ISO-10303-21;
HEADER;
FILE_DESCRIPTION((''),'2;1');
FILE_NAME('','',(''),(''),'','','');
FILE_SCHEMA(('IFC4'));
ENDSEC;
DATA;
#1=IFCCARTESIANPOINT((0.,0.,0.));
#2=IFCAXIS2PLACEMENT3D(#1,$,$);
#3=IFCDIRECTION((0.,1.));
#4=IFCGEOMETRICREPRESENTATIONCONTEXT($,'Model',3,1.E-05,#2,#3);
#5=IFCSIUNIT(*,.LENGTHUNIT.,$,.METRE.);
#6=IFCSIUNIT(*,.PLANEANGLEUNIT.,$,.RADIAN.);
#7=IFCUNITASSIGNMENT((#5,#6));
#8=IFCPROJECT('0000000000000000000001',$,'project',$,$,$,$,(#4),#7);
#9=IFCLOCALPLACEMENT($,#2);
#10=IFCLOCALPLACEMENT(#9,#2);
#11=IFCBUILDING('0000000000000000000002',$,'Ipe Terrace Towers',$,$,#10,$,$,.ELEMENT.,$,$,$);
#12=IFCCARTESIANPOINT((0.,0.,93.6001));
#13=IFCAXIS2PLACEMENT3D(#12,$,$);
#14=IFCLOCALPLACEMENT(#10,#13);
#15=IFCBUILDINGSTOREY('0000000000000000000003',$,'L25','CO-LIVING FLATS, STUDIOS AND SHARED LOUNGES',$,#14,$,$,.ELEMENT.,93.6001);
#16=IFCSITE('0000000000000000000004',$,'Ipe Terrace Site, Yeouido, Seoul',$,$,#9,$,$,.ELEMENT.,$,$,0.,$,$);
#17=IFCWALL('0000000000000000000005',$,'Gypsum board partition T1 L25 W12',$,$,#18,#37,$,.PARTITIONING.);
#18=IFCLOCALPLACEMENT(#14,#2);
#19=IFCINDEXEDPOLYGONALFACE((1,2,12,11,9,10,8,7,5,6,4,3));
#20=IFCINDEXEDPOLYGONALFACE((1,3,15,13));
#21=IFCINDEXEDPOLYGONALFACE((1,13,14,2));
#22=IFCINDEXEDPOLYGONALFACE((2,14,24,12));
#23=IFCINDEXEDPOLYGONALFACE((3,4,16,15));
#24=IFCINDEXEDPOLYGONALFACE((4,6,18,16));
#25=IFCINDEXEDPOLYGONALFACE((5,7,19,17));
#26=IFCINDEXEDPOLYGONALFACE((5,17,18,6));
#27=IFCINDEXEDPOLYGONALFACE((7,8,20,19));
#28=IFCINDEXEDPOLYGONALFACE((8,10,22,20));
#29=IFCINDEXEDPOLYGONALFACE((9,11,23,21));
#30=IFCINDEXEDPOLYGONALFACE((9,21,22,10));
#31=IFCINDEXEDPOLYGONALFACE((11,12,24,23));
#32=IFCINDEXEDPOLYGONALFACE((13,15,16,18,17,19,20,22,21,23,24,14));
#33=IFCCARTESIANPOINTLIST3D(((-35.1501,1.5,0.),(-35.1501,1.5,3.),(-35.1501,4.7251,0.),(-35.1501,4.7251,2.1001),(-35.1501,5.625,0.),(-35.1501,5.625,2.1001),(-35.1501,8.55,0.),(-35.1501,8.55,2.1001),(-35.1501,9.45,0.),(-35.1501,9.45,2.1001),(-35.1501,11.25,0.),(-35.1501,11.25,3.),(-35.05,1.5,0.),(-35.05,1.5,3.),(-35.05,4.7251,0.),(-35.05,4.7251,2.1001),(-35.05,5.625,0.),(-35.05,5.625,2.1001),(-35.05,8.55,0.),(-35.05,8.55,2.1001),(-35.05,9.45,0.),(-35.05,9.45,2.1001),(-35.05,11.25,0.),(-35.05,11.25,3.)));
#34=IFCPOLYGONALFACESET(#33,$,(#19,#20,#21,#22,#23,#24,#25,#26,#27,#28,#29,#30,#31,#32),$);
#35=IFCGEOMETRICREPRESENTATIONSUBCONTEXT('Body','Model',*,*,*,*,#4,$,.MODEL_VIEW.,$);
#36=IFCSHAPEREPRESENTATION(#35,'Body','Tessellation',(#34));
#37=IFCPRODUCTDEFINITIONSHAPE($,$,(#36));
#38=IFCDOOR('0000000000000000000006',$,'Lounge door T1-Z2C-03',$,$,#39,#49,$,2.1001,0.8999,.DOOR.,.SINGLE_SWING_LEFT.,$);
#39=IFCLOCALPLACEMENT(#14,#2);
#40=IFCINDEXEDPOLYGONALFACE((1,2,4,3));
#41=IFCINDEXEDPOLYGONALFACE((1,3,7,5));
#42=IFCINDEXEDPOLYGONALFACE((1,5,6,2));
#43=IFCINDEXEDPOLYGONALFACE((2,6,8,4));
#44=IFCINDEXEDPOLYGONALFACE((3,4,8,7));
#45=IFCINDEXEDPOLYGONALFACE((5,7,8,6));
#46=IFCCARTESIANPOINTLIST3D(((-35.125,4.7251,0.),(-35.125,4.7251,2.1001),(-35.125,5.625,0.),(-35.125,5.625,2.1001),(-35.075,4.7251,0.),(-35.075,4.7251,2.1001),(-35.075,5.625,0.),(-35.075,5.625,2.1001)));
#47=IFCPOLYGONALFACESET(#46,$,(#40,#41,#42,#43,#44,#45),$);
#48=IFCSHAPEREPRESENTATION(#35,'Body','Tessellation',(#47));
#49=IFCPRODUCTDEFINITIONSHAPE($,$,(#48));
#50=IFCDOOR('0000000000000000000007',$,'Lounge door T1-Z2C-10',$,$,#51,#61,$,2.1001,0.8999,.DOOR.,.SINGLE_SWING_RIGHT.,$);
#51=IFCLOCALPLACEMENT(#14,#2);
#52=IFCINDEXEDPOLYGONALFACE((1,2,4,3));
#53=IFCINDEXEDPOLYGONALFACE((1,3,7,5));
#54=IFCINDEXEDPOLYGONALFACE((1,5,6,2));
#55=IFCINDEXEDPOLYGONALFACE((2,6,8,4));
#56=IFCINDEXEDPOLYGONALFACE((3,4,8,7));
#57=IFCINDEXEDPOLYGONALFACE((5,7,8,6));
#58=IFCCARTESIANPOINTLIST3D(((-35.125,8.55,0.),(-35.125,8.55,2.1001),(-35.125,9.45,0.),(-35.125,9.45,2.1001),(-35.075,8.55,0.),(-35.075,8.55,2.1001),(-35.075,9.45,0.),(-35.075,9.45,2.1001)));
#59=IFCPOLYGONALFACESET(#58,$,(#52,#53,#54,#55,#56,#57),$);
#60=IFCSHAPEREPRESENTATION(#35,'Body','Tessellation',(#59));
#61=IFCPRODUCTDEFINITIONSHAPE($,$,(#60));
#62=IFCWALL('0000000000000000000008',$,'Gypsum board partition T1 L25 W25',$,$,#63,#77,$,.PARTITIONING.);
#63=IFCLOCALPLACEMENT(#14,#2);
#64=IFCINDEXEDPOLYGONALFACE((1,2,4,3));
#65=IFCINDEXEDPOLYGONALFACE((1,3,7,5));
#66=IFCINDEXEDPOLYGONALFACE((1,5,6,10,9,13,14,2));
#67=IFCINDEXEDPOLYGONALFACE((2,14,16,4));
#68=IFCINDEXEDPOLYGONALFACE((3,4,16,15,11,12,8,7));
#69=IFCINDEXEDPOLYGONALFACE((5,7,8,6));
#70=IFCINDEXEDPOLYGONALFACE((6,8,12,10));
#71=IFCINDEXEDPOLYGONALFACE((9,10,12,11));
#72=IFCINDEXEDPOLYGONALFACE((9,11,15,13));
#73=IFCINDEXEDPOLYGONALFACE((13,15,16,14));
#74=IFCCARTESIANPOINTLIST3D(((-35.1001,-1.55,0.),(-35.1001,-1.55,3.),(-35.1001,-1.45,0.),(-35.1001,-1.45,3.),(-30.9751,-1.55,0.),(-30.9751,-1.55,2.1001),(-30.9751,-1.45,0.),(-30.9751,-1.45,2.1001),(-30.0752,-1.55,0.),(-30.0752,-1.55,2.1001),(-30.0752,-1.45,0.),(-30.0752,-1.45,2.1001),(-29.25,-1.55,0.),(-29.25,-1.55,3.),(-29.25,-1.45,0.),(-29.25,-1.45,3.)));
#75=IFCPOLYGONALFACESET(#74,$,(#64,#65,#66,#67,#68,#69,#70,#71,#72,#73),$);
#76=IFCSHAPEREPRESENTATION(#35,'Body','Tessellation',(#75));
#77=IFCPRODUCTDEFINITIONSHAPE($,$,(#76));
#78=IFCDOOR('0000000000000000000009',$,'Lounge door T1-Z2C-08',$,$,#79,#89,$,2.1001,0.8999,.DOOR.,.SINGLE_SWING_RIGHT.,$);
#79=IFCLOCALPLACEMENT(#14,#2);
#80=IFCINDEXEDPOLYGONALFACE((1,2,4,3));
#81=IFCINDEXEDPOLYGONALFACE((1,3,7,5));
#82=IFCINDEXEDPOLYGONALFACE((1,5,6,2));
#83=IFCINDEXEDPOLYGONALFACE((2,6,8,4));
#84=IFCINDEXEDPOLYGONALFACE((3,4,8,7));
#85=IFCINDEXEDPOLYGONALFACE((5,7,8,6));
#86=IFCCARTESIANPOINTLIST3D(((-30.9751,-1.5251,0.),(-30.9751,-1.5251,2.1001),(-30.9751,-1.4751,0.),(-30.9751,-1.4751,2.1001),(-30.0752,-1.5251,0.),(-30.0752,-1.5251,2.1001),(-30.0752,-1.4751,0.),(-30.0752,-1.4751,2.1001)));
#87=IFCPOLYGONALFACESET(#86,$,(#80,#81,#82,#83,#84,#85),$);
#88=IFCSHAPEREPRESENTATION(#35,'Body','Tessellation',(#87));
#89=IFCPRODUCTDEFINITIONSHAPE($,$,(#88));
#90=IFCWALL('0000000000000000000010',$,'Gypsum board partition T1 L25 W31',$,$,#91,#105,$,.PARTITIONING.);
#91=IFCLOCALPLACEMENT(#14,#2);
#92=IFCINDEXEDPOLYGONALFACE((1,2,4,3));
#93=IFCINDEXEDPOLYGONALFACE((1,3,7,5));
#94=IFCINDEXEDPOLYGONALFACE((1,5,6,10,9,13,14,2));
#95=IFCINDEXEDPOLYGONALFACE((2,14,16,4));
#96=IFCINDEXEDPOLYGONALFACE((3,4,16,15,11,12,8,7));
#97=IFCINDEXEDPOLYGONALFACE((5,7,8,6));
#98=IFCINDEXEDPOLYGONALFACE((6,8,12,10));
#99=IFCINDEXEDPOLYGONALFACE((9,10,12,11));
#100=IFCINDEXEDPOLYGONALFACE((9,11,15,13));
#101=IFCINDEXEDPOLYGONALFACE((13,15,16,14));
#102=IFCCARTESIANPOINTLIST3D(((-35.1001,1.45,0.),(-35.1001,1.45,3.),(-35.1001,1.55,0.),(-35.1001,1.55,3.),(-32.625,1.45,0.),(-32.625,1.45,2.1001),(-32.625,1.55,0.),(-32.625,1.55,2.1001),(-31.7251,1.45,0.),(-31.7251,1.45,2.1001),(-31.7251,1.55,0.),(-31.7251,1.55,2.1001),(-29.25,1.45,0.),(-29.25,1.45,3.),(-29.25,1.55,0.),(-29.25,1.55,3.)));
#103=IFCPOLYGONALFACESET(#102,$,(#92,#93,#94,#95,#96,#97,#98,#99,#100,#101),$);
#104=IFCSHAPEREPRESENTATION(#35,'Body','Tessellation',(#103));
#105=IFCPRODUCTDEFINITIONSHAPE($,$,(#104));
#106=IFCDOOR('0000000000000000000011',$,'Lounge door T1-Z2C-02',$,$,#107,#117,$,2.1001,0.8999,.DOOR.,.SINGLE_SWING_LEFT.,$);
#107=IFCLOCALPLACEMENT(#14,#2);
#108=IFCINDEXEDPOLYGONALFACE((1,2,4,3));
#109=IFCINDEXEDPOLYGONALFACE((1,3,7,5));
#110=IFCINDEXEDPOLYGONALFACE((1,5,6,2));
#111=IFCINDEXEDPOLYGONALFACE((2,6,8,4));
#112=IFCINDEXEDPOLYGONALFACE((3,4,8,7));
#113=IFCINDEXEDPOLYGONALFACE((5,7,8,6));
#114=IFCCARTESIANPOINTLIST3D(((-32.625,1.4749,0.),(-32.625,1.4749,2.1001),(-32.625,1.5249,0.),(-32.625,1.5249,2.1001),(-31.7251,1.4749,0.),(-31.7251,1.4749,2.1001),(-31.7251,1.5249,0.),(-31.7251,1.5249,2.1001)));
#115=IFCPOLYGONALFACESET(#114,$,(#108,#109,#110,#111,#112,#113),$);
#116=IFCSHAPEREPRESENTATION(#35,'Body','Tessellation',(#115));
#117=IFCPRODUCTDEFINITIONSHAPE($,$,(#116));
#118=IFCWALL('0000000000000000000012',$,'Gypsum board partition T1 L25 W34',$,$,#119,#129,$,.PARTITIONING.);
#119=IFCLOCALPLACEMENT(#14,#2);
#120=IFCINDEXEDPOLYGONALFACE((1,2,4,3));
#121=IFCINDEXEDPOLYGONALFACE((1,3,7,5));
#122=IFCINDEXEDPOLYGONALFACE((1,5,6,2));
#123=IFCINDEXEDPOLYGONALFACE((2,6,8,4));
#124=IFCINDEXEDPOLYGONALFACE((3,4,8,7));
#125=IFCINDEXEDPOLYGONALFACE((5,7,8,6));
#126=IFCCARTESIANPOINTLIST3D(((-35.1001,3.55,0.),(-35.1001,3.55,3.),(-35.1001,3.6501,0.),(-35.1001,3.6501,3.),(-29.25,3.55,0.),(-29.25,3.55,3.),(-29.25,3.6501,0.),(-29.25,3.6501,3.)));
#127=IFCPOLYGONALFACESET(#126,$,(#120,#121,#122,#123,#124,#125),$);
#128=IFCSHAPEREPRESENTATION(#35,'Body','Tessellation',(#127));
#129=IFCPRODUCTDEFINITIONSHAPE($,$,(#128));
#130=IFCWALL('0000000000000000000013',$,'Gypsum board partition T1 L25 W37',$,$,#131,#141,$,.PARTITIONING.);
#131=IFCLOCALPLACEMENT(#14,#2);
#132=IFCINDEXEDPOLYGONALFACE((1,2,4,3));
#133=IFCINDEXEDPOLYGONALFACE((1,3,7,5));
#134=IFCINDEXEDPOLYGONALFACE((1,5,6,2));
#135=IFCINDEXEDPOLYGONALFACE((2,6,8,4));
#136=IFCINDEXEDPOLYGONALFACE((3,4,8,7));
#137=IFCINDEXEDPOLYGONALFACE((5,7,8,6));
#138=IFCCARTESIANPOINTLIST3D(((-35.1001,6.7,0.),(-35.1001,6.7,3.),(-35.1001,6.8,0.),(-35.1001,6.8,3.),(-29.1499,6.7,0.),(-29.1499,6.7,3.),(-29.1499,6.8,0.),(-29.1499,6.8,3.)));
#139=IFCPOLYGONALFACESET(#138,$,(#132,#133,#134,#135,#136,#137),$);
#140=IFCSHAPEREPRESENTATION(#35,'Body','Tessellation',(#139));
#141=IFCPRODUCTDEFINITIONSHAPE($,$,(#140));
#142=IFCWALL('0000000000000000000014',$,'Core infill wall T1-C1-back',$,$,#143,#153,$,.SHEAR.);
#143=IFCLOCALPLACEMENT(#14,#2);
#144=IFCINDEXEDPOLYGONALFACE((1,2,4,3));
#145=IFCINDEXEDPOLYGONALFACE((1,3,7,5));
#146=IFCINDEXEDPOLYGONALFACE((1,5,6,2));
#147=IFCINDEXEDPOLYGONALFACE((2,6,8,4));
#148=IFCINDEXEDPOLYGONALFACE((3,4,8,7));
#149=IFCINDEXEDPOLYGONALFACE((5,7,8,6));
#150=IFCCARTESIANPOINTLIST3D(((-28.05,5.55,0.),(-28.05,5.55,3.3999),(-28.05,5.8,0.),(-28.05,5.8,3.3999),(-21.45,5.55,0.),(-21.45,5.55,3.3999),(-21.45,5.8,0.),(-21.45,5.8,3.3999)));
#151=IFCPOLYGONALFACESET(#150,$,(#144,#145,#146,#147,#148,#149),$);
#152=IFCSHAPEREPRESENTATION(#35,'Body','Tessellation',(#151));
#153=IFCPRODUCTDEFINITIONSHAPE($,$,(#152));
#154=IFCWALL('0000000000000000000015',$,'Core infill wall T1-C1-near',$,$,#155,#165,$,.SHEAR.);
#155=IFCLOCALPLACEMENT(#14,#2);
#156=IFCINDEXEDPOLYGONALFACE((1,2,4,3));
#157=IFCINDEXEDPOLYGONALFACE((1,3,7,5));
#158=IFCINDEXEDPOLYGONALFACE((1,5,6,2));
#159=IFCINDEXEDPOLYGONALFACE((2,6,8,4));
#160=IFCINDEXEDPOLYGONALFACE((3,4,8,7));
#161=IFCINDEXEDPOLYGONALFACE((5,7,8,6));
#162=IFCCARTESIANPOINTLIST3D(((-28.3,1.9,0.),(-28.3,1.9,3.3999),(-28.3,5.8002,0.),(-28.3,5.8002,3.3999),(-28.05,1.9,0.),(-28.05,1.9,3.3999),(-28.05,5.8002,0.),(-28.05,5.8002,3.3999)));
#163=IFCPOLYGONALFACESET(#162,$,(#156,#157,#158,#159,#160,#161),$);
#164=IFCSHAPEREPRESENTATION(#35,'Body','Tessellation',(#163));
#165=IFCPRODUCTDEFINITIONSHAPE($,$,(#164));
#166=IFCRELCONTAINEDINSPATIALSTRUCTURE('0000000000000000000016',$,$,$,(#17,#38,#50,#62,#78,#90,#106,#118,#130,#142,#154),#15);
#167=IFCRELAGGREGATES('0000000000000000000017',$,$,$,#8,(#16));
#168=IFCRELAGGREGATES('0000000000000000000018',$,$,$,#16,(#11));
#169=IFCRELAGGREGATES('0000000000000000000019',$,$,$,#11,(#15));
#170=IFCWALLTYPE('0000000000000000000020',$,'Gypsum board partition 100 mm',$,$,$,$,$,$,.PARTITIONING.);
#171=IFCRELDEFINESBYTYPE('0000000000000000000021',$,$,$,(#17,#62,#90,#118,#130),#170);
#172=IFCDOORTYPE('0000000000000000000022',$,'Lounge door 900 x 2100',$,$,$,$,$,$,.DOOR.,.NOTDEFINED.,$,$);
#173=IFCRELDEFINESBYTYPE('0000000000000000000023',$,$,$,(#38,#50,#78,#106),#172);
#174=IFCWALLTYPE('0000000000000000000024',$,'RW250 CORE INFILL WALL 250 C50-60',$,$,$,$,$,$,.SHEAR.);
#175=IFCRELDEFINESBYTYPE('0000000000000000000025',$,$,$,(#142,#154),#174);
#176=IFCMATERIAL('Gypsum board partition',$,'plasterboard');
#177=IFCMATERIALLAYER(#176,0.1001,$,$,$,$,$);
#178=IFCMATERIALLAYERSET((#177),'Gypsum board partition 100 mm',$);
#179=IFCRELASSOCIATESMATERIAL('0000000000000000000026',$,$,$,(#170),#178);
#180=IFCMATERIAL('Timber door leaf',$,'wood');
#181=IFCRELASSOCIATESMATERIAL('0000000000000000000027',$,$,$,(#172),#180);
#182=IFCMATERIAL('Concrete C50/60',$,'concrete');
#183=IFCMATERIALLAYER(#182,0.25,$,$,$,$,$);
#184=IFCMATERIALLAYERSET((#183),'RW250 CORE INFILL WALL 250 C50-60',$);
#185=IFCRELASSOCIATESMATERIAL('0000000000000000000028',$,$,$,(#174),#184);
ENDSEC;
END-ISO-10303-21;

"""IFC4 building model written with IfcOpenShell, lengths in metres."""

from ifc_helpers import new_model, si_unit, direction, frame, frame_2d, origin, place, context, subcontext, project, spatial, rectangle, extrude, material, layer, layer_set, type_object, element, fill, save


model = new_model("IFC4")

# Units and contexts
model_context = context("Model", 3, precision=1e-05, world=origin(), true_north=direction((0.0, 1.0)))
body_context = subcontext(model_context, "Body", "Model", "MODEL_VIEW")
ifc_project = project(units=[si_unit("LENGTHUNIT", "METRE"), si_unit("PLANEANGLEUNIT", "RADIAN")], contexts=[model_context])

# Site, building, storey
site_placement = place(None, origin())
site = spatial("IfcSite", under=ifc_project, at=site_placement, Name="Ipe Terrace Site, Yeouido, Seoul", CompositionType="ELEMENT", RefElevation=0.0)
building_placement = place(site_placement, origin())
building = spatial("IfcBuilding", under=site, at=building_placement, Name="Ipe Terrace Towers", CompositionType="ELEMENT")
storey_placement = place(building_placement, frame((0.0, 0.0, 93.6001)))
storey = spatial("IfcBuildingStorey", under=building, at=storey_placement, Name="L25", Description="CO-LIVING FLATS, STUDIOS AND SHARED LOUNGES", CompositionType="ELEMENT", Elevation=93.6001)

# Wall, openings, doors
ifc_material_1 = material(Name="Gypsum board partition", Category="plasterboard")
ifc_layer_1 = layer(ifc_material_1, 0.1001)
ifc_layer_set_1 = layer_set([ifc_layer_1], Name="Gypsum board partition 100 mm")
wall_type_1 = type_object("IfcWallType", Name="Gypsum board partition 100 mm", PredefinedType="PARTITIONING", material=ifc_layer_set_1)
ifc_material_2 = material(Name="Timber door leaf", Category="wood")
door_type_1 = type_object("IfcDoorType", Name="Lounge door 900 x 2100", OperationType="NOTDEFINED", PredefinedType="DOOR", material=ifc_material_2)
wall_1_placement = place(storey_placement, frame((-35.1001, 1.5, 0.0), z_axis=(0.0, 0.0, 1.0), x_axis=(0.0, 1.0, 0.0)))
wall_1 = element("IfcWall", 1, at=wall_1_placement, inside=storey, type_object=wall_type_1, Name="Gypsum board partition T1 L25 W12", PredefinedType="PARTITIONING", context=body_context, shape_type="SweptSolid", body=[
    extrude(rectangle(XDim=9.75, YDim=0.1001, at=frame_2d((4.875, 0.0))), origin(), (0.0, 0.0, 1.0), 3.0),
])
opening_1_placement = place(wall_1_placement, frame((3.2251, 0.0, 0.0)))
opening_1 = element("IfcOpeningElement", 2, at=opening_1_placement, cuts=wall_1, PredefinedType="OPENING", context=body_context, shape_type="SweptSolid", body=[
    extrude(rectangle(XDim=0.8999, YDim=2.1001, at=frame_2d((0.45, 1.05))), frame((0.0, 0.0601, 0.0), z_axis=(0.0, -1.0, 0.0), x_axis=(1.0, 0.0, 0.0)), (0.0, 0.0, 1.0), 0.1201),
])
opening_2_placement = place(wall_1_placement, frame((7.05, 0.0, 0.0)))
opening_2 = element("IfcOpeningElement", 3, at=opening_2_placement, cuts=wall_1, PredefinedType="OPENING", context=body_context, shape_type="SweptSolid", body=[
    extrude(rectangle(XDim=0.8999, YDim=2.1001, at=frame_2d((0.45, 1.05))), frame((0.0, 0.0601, 0.0), z_axis=(0.0, -1.0, 0.0), x_axis=(1.0, 0.0, 0.0)), (0.0, 0.0, 1.0), 0.1201),
])
door_1_placement = place(opening_1_placement, origin())
door_1 = element("IfcDoor", 4, at=door_1_placement, inside=storey, type_object=door_type_1, Name="Lounge door T1-Z2C-03", OperationType="SINGLE_SWING_LEFT", OverallHeight=2.1001, OverallWidth=0.8999, PredefinedType="DOOR", context=body_context, shape_type="SweptSolid", body=[
    extrude(rectangle(XDim=0.8999, YDim=2.1001, at=frame_2d((0.45, 1.05))), frame((0.0, 0.0249, 0.0), z_axis=(0.0, -1.0, 0.0), x_axis=(1.0, 0.0, 0.0)), (0.0, 0.0, 1.0), 0.05),
])
fill(opening_1, door_1)
door_2_placement = place(opening_2_placement, origin())
door_2 = element("IfcDoor", 5, at=door_2_placement, inside=storey, type_object=door_type_1, Name="Lounge door T1-Z2C-10", OperationType="SINGLE_SWING_RIGHT", OverallHeight=2.1001, OverallWidth=0.8999, PredefinedType="DOOR", context=body_context, shape_type="SweptSolid", body=[
    extrude(rectangle(XDim=0.8999, YDim=2.1001, at=frame_2d((0.45, 1.05))), frame((0.0, 0.0249, 0.0), z_axis=(0.0, -1.0, 0.0), x_axis=(1.0, 0.0, 0.0)), (0.0, 0.0, 1.0), 0.05),
])
fill(opening_2, door_2)

# Walls, openings, doors
wall_2_placement = place(storey_placement, frame((-35.1001, -1.5, 0.0), z_axis=(0.0, 0.0, 1.0), x_axis=(1.0, 0.0, 0.0)))
wall_2 = element("IfcWall", 6, at=wall_2_placement, inside=storey, type_object=wall_type_1, Name="Gypsum board partition T1 L25 W25", PredefinedType="PARTITIONING", context=body_context, shape_type="SweptSolid", body=[
    extrude(rectangle(XDim=5.8501, YDim=0.1001, at=frame_2d((2.925, 0.0))), origin(), (0.0, 0.0, 1.0), 3.0),
])
opening_3_placement = place(wall_2_placement, frame((4.125, 0.0, 0.0)))
opening_3 = element("IfcOpeningElement", 7, at=opening_3_placement, cuts=wall_2, PredefinedType="OPENING", context=body_context, shape_type="SweptSolid", body=[
    extrude(rectangle(XDim=0.8999, YDim=2.1001, at=frame_2d((0.45, 1.05))), frame((0.0, 0.0601, 0.0), z_axis=(0.0, -1.0, 0.0), x_axis=(1.0, 0.0, 0.0)), (0.0, 0.0, 1.0), 0.1201),
])
door_3_placement = place(opening_3_placement, origin())
door_3 = element("IfcDoor", 8, at=door_3_placement, inside=storey, type_object=door_type_1, Name="Lounge door T1-Z2C-08", OperationType="SINGLE_SWING_RIGHT", OverallHeight=2.1001, OverallWidth=0.8999, PredefinedType="DOOR", context=body_context, shape_type="SweptSolid", body=[
    extrude(rectangle(XDim=0.8999, YDim=2.1001, at=frame_2d((0.45, 1.05))), frame((0.0, 0.0249, 0.0), z_axis=(0.0, -1.0, 0.0), x_axis=(1.0, 0.0, 0.0)), (0.0, 0.0, 1.0), 0.05),
])
fill(opening_3, door_3)
wall_3_placement = place(storey_placement, frame((-35.1001, 1.5, 0.0), z_axis=(0.0, 0.0, 1.0), x_axis=(1.0, 0.0, 0.0)))
wall_3 = element("IfcWall", 9, at=wall_3_placement, inside=storey, type_object=wall_type_1, Name="Gypsum board partition T1 L25 W31", PredefinedType="PARTITIONING", context=body_context, shape_type="SweptSolid", body=[
    extrude(rectangle(XDim=5.8501, YDim=0.1001, at=frame_2d((2.925, 0.0))), origin(), (0.0, 0.0, 1.0), 3.0),
])
opening_4_placement = place(wall_3_placement, frame((2.4751, 0.0, 0.0)))
opening_4 = element("IfcOpeningElement", 10, at=opening_4_placement, cuts=wall_3, PredefinedType="OPENING", context=body_context, shape_type="SweptSolid", body=[
    extrude(rectangle(XDim=0.8999, YDim=2.1001, at=frame_2d((0.45, 1.05))), frame((0.0, 0.0601, 0.0), z_axis=(0.0, -1.0, 0.0), x_axis=(1.0, 0.0, 0.0)), (0.0, 0.0, 1.0), 0.1201),
])
door_4_placement = place(opening_4_placement, origin())
door_4 = element("IfcDoor", 11, at=door_4_placement, inside=storey, type_object=door_type_1, Name="Lounge door T1-Z2C-02", OperationType="SINGLE_SWING_LEFT", OverallHeight=2.1001, OverallWidth=0.8999, PredefinedType="DOOR", context=body_context, shape_type="SweptSolid", body=[
    extrude(rectangle(XDim=0.8999, YDim=2.1001, at=frame_2d((0.45, 1.05))), frame((0.0, 0.0249, 0.0), z_axis=(0.0, -1.0, 0.0), x_axis=(1.0, 0.0, 0.0)), (0.0, 0.0, 1.0), 0.05),
])
fill(opening_4, door_4)

# Walls
wall_4_placement = place(storey_placement, frame((-35.1001, 3.6001, 0.0), z_axis=(0.0, 0.0, 1.0), x_axis=(1.0, 0.0, 0.0)))
element("IfcWall", 12, at=wall_4_placement, inside=storey, type_object=wall_type_1, Name="Gypsum board partition T1 L25 W34", PredefinedType="PARTITIONING", context=body_context, shape_type="SweptSolid", body=[
    extrude(rectangle(XDim=5.8501, YDim=0.1001, at=frame_2d((2.925, 0.0))), origin(), (0.0, 0.0, 1.0), 3.0),
])
wall_5_placement = place(storey_placement, frame((-35.1001, 6.75, 0.0), z_axis=(0.0, 0.0, 1.0), x_axis=(1.0, 0.0, 0.0)))
element("IfcWall", 13, at=wall_5_placement, inside=storey, type_object=wall_type_1, Name="Gypsum board partition T1 L25 W37", PredefinedType="PARTITIONING", context=body_context, shape_type="SweptSolid", body=[
    extrude(rectangle(XDim=5.9502, YDim=0.1001, at=frame_2d((2.9751, 0.0))), origin(), (0.0, 0.0, 1.0), 3.0),
])
ifc_material_3 = material(Name="Concrete C50/60", Category="concrete")
ifc_layer_2 = layer(ifc_material_3, 0.25)
ifc_layer_set_2 = layer_set([ifc_layer_2], Name="RW250 CORE INFILL WALL 250 C50-60")
wall_type_2 = type_object("IfcWallType", Name="RW250 CORE INFILL WALL 250 C50-60", PredefinedType="SHEAR", material=ifc_layer_set_2)
wall_6_placement = place(storey_placement, frame((-28.05, 5.675, 0.0), z_axis=(0.0, 0.0, 1.0), x_axis=(1.0, 0.0, 0.0)))
element("IfcWall", 14, at=wall_6_placement, inside=storey, type_object=wall_type_2, Name="Core infill wall T1-C1-back", PredefinedType="SHEAR", context=body_context, shape_type="SweptSolid", body=[
    extrude(rectangle(XDim=6.6001, YDim=0.25, at=frame_2d((3.3, 0.0))), origin(), (0.0, 0.0, 1.0), 3.3999),
])
wall_7_placement = place(storey_placement, frame((-28.175, 1.8999, 0.0), z_axis=(0.0, 0.0, 1.0), x_axis=(0.0, 1.0, 0.0)))
element("IfcWall", 15, at=wall_7_placement, inside=storey, type_object=wall_type_2, Name="Core infill wall T1-C1-near", PredefinedType="SHEAR", context=body_context, shape_type="SweptSolid", body=[
    extrude(rectangle(XDim=3.9001, YDim=0.25, at=frame_2d((1.9502, 0.0))), origin(), (0.0, 0.0, 1.0), 3.3999),
])

save(model, "model.ifc")
